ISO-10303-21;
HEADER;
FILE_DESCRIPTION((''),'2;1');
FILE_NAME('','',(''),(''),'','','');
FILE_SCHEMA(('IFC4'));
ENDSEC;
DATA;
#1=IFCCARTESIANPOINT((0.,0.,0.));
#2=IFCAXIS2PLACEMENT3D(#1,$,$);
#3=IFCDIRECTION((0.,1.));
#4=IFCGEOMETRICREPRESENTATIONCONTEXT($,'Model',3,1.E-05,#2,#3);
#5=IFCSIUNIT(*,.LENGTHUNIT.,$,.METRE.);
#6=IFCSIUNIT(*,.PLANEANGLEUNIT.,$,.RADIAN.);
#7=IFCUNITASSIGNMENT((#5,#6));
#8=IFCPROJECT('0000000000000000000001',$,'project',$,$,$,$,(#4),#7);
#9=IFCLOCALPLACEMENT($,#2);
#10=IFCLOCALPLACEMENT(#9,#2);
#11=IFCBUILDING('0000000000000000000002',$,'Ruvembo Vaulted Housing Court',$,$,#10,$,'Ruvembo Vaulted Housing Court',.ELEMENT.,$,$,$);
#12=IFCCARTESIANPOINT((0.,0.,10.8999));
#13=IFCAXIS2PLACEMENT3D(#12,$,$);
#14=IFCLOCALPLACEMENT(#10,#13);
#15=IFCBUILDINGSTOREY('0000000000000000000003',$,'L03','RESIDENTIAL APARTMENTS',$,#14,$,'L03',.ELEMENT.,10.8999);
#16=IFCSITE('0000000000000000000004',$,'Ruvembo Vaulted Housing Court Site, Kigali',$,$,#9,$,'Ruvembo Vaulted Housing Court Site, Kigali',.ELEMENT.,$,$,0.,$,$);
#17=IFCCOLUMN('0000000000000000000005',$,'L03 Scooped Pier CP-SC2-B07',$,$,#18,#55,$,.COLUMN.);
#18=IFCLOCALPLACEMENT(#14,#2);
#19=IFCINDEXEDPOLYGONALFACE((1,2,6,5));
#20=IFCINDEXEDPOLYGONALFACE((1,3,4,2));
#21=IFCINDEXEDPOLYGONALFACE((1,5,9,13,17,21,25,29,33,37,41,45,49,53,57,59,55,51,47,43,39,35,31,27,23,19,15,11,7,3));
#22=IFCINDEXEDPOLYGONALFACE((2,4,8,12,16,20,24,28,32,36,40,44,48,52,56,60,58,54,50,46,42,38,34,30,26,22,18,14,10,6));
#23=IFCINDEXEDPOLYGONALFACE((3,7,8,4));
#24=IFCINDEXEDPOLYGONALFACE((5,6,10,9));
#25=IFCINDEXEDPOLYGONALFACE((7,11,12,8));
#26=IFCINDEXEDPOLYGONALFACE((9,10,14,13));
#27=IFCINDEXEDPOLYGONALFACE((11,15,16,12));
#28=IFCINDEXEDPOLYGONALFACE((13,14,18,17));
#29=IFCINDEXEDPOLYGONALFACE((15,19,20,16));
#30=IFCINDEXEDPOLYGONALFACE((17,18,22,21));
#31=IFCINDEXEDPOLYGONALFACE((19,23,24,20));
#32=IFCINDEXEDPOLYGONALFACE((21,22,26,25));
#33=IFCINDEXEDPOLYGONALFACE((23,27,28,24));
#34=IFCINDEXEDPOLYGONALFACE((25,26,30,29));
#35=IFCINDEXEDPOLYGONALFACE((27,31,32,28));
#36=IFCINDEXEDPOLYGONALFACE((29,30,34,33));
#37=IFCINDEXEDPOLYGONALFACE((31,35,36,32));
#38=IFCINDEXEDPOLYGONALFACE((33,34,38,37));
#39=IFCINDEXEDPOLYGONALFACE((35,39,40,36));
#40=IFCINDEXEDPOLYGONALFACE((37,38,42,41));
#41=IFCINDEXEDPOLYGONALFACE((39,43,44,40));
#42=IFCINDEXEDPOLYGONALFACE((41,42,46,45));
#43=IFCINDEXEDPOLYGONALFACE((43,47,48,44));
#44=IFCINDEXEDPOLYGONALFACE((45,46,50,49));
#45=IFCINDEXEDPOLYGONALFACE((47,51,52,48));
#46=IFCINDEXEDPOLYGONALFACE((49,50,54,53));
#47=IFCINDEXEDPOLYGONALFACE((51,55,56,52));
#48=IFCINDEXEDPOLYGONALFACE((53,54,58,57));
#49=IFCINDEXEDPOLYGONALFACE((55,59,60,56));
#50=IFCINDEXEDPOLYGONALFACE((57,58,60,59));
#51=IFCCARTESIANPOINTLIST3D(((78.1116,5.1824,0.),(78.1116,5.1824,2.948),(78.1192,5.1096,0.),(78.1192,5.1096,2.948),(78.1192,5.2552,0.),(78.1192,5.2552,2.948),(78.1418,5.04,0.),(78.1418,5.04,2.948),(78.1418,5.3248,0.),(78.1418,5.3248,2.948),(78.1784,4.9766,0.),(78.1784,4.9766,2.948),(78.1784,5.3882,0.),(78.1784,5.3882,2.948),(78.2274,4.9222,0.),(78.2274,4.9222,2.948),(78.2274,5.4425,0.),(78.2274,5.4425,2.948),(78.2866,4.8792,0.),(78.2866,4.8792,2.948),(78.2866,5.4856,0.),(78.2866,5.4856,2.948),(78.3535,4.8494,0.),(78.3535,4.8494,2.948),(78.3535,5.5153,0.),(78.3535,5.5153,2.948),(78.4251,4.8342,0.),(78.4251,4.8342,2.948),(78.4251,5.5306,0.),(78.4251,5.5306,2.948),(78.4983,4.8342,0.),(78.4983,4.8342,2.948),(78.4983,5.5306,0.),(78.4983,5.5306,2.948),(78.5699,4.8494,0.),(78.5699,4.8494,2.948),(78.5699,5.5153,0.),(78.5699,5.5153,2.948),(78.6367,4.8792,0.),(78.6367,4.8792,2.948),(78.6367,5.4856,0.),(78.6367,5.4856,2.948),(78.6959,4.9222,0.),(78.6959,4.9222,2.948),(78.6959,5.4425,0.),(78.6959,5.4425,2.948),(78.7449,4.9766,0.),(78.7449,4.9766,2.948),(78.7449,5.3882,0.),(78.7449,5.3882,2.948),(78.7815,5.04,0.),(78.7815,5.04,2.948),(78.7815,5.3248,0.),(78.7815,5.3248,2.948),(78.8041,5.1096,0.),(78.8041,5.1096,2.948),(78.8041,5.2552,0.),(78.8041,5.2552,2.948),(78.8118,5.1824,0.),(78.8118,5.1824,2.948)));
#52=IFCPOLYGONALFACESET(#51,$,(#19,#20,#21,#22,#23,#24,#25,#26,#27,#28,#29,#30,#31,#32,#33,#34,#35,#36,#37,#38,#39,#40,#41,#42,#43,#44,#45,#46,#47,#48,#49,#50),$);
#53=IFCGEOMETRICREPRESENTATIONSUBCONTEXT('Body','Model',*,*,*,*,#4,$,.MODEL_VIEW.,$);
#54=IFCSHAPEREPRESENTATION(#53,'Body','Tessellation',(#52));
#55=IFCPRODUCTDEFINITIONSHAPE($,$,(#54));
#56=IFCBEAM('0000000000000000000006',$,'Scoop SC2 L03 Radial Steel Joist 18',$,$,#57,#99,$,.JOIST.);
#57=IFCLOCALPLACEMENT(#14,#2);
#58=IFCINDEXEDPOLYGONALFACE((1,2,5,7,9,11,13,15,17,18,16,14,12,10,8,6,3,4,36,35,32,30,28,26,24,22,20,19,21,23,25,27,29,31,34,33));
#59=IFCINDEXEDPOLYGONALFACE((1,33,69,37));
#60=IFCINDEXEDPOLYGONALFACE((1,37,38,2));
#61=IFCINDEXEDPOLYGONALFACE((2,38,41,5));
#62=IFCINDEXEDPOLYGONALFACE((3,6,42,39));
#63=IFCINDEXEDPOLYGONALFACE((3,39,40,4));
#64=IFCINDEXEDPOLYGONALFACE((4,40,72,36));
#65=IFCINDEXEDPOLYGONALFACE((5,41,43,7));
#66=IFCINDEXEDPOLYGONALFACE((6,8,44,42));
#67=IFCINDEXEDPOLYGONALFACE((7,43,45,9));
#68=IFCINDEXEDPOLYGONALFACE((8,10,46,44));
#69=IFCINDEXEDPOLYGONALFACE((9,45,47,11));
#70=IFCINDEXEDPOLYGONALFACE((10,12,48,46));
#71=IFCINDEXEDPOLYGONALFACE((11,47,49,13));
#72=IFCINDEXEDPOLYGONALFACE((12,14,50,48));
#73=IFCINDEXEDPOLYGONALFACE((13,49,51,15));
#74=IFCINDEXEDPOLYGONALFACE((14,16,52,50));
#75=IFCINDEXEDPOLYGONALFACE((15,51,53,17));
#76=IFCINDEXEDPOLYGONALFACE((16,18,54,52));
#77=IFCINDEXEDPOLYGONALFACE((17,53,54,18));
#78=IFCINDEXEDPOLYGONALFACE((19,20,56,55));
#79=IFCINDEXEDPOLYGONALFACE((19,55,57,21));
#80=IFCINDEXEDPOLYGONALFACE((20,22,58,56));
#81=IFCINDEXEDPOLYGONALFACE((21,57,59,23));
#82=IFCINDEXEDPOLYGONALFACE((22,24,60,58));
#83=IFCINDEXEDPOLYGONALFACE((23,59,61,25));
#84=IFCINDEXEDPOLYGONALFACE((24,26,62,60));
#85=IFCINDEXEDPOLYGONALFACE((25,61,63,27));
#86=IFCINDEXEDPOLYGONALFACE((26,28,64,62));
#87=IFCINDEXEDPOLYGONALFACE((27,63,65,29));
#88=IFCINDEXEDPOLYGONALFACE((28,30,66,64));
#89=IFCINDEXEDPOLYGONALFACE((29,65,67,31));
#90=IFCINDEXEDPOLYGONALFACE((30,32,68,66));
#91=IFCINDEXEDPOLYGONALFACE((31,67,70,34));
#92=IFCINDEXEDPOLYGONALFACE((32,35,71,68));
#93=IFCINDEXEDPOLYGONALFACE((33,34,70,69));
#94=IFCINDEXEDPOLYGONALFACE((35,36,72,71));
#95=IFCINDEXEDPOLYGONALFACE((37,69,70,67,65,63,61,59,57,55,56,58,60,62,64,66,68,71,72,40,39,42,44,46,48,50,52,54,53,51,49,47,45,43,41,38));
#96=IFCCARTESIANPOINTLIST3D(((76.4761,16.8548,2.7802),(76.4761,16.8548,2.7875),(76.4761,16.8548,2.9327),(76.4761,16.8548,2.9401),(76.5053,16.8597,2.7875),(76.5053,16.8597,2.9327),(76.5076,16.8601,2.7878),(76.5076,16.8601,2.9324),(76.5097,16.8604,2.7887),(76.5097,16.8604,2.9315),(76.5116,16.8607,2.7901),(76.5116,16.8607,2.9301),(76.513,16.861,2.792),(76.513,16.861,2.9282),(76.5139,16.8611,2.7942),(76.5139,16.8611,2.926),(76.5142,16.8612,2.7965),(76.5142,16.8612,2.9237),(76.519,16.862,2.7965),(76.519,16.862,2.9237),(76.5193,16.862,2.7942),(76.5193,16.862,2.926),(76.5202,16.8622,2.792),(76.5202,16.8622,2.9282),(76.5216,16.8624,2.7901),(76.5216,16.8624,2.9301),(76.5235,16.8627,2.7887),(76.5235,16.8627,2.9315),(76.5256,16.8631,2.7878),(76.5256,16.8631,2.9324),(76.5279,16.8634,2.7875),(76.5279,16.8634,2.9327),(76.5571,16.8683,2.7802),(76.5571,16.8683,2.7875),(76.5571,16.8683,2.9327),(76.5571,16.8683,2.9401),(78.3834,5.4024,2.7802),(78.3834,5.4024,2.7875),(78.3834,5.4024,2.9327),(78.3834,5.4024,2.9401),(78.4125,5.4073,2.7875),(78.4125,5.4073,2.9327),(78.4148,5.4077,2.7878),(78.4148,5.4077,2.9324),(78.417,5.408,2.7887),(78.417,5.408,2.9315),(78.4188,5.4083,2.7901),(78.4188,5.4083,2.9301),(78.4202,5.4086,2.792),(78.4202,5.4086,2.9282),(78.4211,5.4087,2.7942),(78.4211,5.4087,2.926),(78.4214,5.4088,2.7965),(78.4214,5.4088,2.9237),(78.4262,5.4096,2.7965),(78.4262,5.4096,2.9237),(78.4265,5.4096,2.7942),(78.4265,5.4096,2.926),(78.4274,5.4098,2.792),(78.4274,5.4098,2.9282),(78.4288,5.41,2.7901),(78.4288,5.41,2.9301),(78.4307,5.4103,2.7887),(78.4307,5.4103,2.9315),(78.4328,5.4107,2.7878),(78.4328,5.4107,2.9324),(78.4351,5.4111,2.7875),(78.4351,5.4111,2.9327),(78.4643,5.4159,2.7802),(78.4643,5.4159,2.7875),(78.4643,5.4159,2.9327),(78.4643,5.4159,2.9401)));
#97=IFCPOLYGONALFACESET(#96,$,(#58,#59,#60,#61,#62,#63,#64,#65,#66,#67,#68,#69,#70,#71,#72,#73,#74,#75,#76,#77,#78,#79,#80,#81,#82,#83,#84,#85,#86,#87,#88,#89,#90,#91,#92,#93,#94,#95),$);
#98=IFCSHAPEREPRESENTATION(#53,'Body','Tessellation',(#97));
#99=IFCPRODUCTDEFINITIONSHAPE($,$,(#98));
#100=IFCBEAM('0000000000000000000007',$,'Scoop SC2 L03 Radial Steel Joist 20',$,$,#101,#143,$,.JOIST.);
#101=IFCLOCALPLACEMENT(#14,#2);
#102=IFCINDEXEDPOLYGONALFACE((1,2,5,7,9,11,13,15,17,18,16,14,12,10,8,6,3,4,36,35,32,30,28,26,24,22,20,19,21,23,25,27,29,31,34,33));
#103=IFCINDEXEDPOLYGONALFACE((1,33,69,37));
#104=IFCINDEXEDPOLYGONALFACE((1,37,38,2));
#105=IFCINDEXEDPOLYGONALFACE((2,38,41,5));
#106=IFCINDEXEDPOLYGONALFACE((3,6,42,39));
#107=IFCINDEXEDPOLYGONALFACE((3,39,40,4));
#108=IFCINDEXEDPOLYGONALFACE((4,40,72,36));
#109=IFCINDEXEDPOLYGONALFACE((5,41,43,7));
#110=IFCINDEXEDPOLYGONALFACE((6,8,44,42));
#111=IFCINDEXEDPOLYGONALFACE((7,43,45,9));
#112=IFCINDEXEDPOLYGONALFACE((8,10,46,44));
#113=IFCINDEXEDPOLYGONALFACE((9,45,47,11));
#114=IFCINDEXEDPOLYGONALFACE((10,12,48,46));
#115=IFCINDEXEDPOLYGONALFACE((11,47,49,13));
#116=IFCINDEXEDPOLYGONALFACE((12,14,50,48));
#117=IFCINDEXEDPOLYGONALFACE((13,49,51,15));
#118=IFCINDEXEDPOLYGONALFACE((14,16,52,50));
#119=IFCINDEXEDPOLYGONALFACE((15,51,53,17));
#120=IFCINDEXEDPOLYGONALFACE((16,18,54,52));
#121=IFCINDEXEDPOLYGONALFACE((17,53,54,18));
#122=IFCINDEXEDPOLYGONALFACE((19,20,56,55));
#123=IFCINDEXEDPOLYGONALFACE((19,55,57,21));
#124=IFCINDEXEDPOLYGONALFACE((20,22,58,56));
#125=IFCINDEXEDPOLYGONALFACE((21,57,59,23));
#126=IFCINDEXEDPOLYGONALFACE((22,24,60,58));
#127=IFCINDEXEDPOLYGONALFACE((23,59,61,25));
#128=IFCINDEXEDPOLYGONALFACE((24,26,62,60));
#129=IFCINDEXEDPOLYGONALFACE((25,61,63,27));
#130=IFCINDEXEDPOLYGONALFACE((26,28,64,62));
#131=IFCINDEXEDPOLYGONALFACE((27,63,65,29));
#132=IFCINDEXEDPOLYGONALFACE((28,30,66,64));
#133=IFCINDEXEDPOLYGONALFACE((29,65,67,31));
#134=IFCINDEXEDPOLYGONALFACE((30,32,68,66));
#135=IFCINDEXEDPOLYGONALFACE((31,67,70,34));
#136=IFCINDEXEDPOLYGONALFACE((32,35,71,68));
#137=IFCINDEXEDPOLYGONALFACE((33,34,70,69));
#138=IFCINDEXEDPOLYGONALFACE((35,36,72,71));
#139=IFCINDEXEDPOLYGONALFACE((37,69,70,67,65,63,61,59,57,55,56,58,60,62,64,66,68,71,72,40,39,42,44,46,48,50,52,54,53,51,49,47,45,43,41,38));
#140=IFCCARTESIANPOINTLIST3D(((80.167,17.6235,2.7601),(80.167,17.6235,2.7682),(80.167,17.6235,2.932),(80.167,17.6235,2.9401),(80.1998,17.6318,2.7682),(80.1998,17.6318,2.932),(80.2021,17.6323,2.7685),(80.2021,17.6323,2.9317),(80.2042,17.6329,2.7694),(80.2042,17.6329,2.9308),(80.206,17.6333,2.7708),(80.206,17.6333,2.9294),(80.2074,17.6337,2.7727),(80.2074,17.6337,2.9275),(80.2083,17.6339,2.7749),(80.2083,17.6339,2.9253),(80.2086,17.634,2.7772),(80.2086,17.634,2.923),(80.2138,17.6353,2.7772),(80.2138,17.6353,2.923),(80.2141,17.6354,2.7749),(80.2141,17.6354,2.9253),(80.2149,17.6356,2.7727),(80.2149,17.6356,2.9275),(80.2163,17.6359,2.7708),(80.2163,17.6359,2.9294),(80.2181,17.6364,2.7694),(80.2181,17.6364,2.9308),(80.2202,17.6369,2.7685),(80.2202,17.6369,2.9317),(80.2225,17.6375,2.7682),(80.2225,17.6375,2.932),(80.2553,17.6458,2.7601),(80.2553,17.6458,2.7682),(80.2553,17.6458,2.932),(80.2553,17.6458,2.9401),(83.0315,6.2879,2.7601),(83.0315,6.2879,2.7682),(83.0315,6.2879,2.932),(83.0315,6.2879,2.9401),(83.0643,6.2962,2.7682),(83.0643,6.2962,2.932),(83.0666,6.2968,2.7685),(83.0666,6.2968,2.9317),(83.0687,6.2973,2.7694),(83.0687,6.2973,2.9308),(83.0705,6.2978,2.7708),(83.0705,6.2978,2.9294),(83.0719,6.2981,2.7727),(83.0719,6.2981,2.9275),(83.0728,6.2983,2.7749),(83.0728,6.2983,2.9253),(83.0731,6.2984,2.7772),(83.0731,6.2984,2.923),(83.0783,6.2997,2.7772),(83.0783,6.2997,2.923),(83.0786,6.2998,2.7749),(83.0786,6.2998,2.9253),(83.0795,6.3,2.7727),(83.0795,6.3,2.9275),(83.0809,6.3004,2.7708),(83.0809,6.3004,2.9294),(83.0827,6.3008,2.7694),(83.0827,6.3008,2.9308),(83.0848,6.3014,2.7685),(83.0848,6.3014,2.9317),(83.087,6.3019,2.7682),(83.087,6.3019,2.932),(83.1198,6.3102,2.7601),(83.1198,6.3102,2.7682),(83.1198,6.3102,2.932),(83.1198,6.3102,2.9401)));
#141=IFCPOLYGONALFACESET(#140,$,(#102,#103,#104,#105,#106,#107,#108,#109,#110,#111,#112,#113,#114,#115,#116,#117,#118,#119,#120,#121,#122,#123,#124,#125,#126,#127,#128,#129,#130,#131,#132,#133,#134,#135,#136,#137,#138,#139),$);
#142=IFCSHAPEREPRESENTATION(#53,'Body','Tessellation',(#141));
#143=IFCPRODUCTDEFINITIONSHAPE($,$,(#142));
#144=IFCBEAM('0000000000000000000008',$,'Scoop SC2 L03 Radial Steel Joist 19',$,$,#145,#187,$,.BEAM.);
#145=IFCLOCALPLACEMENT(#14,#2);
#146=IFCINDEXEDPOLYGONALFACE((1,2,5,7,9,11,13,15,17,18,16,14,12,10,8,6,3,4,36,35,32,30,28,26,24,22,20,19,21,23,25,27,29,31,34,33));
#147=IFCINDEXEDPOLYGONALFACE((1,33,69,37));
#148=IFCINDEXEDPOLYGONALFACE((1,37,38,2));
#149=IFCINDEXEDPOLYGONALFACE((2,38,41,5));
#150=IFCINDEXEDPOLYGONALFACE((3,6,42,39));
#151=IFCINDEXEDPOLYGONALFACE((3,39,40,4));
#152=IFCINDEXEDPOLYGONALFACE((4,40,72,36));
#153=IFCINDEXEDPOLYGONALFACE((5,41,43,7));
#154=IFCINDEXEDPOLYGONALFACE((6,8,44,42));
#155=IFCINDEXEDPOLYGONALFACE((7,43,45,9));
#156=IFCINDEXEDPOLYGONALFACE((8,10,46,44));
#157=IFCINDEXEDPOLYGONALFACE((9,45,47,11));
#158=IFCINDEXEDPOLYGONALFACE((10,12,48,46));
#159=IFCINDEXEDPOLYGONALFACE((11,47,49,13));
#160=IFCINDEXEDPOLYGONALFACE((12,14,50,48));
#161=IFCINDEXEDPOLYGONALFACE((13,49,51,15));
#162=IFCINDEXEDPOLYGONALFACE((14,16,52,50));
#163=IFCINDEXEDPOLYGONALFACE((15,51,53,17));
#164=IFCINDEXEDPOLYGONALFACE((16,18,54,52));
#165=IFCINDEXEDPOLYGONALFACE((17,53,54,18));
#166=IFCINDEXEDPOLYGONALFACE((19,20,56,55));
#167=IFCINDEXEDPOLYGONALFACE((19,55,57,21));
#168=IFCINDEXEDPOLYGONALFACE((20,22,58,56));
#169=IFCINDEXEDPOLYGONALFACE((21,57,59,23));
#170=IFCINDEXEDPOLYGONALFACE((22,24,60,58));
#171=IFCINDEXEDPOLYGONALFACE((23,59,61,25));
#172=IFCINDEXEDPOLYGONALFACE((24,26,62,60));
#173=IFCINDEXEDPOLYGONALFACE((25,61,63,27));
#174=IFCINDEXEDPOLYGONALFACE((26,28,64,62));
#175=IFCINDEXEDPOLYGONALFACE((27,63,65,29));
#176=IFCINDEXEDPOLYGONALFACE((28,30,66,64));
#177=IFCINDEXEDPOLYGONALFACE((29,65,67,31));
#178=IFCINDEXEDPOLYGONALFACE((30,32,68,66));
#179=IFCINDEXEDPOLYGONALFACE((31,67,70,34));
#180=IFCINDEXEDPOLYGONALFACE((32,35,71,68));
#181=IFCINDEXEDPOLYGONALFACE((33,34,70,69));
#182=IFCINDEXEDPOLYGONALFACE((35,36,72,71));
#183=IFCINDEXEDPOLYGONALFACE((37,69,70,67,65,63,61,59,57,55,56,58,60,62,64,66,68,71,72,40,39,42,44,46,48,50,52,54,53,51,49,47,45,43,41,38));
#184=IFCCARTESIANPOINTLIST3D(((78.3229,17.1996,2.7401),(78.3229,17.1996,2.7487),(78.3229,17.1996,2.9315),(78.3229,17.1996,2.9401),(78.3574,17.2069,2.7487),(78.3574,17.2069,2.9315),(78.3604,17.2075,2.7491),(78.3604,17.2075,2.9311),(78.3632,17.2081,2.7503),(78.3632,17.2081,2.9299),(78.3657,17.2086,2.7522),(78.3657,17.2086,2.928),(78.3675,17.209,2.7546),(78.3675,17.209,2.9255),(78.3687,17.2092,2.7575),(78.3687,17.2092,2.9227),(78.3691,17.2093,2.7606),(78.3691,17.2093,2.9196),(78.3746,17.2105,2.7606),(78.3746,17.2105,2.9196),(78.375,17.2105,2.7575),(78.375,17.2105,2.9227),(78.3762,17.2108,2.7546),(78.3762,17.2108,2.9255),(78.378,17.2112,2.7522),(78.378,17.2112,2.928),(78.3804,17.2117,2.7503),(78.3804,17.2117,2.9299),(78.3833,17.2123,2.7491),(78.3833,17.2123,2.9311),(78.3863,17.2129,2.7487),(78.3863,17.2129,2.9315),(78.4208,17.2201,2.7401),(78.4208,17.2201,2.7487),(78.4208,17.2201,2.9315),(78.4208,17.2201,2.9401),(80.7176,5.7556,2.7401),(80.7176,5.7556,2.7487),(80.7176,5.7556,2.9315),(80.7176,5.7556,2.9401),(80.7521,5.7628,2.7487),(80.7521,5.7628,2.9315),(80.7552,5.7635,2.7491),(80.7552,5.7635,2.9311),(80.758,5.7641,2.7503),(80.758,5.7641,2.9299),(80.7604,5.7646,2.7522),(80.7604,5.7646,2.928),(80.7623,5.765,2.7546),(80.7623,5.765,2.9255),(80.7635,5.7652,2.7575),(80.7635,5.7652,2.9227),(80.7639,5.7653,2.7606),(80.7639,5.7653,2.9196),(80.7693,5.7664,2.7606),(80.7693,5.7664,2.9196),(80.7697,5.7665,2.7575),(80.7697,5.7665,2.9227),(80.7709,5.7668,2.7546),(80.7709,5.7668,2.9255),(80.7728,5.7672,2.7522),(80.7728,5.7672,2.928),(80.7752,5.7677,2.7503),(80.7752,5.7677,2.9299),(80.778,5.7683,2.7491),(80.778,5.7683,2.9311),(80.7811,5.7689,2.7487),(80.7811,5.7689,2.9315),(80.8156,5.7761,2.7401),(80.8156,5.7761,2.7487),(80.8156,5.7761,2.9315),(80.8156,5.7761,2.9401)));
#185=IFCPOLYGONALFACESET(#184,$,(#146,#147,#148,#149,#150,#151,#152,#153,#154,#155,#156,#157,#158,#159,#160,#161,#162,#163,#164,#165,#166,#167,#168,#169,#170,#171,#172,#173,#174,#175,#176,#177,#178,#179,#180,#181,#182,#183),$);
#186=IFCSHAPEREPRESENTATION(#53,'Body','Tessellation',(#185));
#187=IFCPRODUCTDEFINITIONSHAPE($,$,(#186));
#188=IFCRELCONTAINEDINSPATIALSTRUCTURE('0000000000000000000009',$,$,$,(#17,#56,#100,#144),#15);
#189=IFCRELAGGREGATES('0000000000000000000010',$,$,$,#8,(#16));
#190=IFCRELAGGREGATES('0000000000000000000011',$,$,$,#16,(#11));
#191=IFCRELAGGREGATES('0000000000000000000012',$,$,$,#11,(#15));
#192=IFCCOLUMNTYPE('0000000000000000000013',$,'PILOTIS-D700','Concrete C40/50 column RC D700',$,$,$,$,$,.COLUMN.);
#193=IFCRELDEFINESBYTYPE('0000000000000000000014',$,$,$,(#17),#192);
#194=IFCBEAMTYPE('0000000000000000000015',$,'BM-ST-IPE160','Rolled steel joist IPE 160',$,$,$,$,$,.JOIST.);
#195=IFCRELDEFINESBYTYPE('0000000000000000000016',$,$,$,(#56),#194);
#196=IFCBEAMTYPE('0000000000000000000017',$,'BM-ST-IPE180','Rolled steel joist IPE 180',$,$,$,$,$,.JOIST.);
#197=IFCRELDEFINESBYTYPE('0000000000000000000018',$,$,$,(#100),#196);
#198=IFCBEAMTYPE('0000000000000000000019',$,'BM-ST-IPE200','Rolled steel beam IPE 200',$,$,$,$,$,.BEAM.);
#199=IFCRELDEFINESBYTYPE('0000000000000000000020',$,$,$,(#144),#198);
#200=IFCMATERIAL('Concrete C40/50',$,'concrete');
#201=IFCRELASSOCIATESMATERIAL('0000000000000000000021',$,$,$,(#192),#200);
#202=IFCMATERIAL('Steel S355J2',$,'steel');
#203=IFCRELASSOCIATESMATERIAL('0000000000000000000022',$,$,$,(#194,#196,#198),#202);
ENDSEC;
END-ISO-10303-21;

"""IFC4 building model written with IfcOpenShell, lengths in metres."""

from ifc_helpers import new_model, si_unit, direction, frame, origin, origin_2d, place, context, subcontext, project, spatial, circle, i_section, extrude, material, material_profile, profile_set, type_object, element, save


model = new_model("IFC4")

# Units and contexts
model_context = context("Model", 3, precision=1e-05, world=origin(), true_north=direction((0.0, 1.0)))
body_context = subcontext(model_context, "Body", "Model", "MODEL_VIEW")
ifc_project = project(units=[si_unit("LENGTHUNIT", "METRE"), si_unit("PLANEANGLEUNIT", "RADIAN")], contexts=[model_context])

# Site, building, storey
site_placement = place(None, origin())
site = spatial("IfcSite", under=ifc_project, at=site_placement, Name="Ruvembo Vaulted Housing Court Site, Kigali", LongName="Ruvembo Vaulted Housing Court Site, Kigali", CompositionType="ELEMENT", RefElevation=0.0)
building_placement = place(site_placement, origin())
building = spatial("IfcBuilding", under=site, at=building_placement, Name="Ruvembo Vaulted Housing Court", LongName="Ruvembo Vaulted Housing Court", CompositionType="ELEMENT")
storey_placement = place(building_placement, frame((0.0, 0.0, 10.8999)))
storey = spatial("IfcBuildingStorey", under=building, at=storey_placement, Name="L03", Description="RESIDENTIAL APARTMENTS", LongName="L03", CompositionType="ELEMENT", Elevation=10.8999)

# Column
ifc_material_1 = material(Name="Concrete C40/50", Category="concrete")
ifc_material_profile_1 = material_profile(ifc_material_1, circle(Radius=0.3501, at=origin_2d()), Name="RC D700")
ifc_profile_set_1 = profile_set([ifc_material_profile_1], Name="Concrete C40/50")
column_type = type_object("IfcColumnType", Name="PILOTIS-D700", Description="Concrete C40/50 column RC D700", PredefinedType="COLUMN", material=ifc_profile_set_1)
column_placement = place(storey_placement, frame((78.4617, 5.1824, 0.0), z_axis=(0.0, 0.0, 1.0), x_axis=(1.0, 0.0, 0.0)))
element("IfcColumn", 1, at=column_placement, inside=storey, type_object=column_type, Name="L03 Scooped Pier CP-SC2-B07", PredefinedType="COLUMN", context=body_context, shape_type="SweptSolid", body=[
    extrude(circle(Radius=0.3501, at=origin_2d()), origin(), (0.0, 0.0, 1.0), 2.948),
])

# Beams
ifc_material_2 = material(Name="Steel S355J2", Category="steel")
ifc_material_profile_2 = material_profile(ifc_material_2, i_section(OverallWidth=0.082, OverallDepth=0.1599, WebThickness=0.0049, FlangeThickness=0.0073, FilletRadius=0.009, at=origin_2d()), Name="IPE 160")
ifc_profile_set_2 = profile_set([ifc_material_profile_2], Name="Steel S355J2")
beam_type_1 = type_object("IfcBeamType", Name="BM-ST-IPE160", Description="Rolled steel joist IPE 160", PredefinedType="JOIST", material=ifc_profile_set_2)
beam_1_placement = place(storey_placement, frame((78.4238, 5.4092, 2.8601), z_axis=(-0.164273, 0.986415, 0.0), x_axis=(-0.986415, -0.164273, 0.0)))
element("IfcBeam", 2, at=beam_1_placement, inside=storey, type_object=beam_type_1, Name="Scoop SC2 L03 Radial Steel Joist 18", PredefinedType="JOIST", context=body_context, shape_type="SweptSolid", body=[
    extrude(i_section(OverallWidth=0.082, OverallDepth=0.1599, WebThickness=0.0049, FlangeThickness=0.0073, FilletRadius=0.009, at=origin_2d()), origin(), (0.0, 0.0, 1.0), 11.6101),
])
ifc_material_profile_3 = material_profile(ifc_material_2, i_section(OverallWidth=0.0911, OverallDepth=0.1799, WebThickness=0.0054, FlangeThickness=0.0081, FilletRadius=0.009, at=origin_2d()), Name="IPE 180")
ifc_profile_set_3 = profile_set([ifc_material_profile_3], Name="Steel S355J2")
beam_type_2 = type_object("IfcBeamType", Name="BM-ST-IPE180", Description="Rolled steel joist IPE 180", PredefinedType="JOIST", material=ifc_profile_set_3)
beam_2_placement = place(storey_placement, frame((83.0757, 6.2991, 2.8501), z_axis=(-0.245001, 0.969523, 0.0), x_axis=(-0.969523, -0.245001, 0.0)))
element("IfcBeam", 3, at=beam_2_placement, inside=storey, type_object=beam_type_2, Name="Scoop SC2 L03 Radial Steel Joist 20", PredefinedType="JOIST", context=body_context, shape_type="SweptSolid", body=[
    extrude(i_section(OverallWidth=0.0911, OverallDepth=0.1799, WebThickness=0.0054, FlangeThickness=0.0081, FilletRadius=0.009, at=origin_2d()), origin(), (0.0, 0.0, 1.0), 11.6919),
])
ifc_material_profile_4 = material_profile(ifc_material_2, i_section(OverallWidth=0.1001, OverallDepth=0.2, WebThickness=0.0056, FlangeThickness=0.0085, FilletRadius=0.012, at=origin_2d()), Name="IPE 200")
ifc_profile_set_4 = profile_set([ifc_material_profile_4], Name="Steel S355J2")
beam_type_3 = type_object("IfcBeamType", Name="BM-ST-IPE200", Description="Rolled steel beam IPE 200", PredefinedType="BEAM", material=ifc_profile_set_4)
beam_3_placement = place(storey_placement, frame((80.7666, 5.7659, 2.8401), z_axis=(-0.204822, 0.978799, 0.0), x_axis=(-0.978799, -0.204822, 0.0)))
element("IfcBeam", 4, at=beam_3_placement, inside=storey, type_object=beam_type_3, Name="Scoop SC2 L03 Radial Steel Joist 19", PredefinedType="BEAM", context=body_context, shape_type="SweptSolid", body=[
    extrude(i_section(OverallWidth=0.1001, OverallDepth=0.2, WebThickness=0.0056, FlangeThickness=0.0085, FilletRadius=0.012, at=origin_2d()), origin(), (0.0, 0.0, 1.0), 11.6919),
])

save(model, "model.ifc")
